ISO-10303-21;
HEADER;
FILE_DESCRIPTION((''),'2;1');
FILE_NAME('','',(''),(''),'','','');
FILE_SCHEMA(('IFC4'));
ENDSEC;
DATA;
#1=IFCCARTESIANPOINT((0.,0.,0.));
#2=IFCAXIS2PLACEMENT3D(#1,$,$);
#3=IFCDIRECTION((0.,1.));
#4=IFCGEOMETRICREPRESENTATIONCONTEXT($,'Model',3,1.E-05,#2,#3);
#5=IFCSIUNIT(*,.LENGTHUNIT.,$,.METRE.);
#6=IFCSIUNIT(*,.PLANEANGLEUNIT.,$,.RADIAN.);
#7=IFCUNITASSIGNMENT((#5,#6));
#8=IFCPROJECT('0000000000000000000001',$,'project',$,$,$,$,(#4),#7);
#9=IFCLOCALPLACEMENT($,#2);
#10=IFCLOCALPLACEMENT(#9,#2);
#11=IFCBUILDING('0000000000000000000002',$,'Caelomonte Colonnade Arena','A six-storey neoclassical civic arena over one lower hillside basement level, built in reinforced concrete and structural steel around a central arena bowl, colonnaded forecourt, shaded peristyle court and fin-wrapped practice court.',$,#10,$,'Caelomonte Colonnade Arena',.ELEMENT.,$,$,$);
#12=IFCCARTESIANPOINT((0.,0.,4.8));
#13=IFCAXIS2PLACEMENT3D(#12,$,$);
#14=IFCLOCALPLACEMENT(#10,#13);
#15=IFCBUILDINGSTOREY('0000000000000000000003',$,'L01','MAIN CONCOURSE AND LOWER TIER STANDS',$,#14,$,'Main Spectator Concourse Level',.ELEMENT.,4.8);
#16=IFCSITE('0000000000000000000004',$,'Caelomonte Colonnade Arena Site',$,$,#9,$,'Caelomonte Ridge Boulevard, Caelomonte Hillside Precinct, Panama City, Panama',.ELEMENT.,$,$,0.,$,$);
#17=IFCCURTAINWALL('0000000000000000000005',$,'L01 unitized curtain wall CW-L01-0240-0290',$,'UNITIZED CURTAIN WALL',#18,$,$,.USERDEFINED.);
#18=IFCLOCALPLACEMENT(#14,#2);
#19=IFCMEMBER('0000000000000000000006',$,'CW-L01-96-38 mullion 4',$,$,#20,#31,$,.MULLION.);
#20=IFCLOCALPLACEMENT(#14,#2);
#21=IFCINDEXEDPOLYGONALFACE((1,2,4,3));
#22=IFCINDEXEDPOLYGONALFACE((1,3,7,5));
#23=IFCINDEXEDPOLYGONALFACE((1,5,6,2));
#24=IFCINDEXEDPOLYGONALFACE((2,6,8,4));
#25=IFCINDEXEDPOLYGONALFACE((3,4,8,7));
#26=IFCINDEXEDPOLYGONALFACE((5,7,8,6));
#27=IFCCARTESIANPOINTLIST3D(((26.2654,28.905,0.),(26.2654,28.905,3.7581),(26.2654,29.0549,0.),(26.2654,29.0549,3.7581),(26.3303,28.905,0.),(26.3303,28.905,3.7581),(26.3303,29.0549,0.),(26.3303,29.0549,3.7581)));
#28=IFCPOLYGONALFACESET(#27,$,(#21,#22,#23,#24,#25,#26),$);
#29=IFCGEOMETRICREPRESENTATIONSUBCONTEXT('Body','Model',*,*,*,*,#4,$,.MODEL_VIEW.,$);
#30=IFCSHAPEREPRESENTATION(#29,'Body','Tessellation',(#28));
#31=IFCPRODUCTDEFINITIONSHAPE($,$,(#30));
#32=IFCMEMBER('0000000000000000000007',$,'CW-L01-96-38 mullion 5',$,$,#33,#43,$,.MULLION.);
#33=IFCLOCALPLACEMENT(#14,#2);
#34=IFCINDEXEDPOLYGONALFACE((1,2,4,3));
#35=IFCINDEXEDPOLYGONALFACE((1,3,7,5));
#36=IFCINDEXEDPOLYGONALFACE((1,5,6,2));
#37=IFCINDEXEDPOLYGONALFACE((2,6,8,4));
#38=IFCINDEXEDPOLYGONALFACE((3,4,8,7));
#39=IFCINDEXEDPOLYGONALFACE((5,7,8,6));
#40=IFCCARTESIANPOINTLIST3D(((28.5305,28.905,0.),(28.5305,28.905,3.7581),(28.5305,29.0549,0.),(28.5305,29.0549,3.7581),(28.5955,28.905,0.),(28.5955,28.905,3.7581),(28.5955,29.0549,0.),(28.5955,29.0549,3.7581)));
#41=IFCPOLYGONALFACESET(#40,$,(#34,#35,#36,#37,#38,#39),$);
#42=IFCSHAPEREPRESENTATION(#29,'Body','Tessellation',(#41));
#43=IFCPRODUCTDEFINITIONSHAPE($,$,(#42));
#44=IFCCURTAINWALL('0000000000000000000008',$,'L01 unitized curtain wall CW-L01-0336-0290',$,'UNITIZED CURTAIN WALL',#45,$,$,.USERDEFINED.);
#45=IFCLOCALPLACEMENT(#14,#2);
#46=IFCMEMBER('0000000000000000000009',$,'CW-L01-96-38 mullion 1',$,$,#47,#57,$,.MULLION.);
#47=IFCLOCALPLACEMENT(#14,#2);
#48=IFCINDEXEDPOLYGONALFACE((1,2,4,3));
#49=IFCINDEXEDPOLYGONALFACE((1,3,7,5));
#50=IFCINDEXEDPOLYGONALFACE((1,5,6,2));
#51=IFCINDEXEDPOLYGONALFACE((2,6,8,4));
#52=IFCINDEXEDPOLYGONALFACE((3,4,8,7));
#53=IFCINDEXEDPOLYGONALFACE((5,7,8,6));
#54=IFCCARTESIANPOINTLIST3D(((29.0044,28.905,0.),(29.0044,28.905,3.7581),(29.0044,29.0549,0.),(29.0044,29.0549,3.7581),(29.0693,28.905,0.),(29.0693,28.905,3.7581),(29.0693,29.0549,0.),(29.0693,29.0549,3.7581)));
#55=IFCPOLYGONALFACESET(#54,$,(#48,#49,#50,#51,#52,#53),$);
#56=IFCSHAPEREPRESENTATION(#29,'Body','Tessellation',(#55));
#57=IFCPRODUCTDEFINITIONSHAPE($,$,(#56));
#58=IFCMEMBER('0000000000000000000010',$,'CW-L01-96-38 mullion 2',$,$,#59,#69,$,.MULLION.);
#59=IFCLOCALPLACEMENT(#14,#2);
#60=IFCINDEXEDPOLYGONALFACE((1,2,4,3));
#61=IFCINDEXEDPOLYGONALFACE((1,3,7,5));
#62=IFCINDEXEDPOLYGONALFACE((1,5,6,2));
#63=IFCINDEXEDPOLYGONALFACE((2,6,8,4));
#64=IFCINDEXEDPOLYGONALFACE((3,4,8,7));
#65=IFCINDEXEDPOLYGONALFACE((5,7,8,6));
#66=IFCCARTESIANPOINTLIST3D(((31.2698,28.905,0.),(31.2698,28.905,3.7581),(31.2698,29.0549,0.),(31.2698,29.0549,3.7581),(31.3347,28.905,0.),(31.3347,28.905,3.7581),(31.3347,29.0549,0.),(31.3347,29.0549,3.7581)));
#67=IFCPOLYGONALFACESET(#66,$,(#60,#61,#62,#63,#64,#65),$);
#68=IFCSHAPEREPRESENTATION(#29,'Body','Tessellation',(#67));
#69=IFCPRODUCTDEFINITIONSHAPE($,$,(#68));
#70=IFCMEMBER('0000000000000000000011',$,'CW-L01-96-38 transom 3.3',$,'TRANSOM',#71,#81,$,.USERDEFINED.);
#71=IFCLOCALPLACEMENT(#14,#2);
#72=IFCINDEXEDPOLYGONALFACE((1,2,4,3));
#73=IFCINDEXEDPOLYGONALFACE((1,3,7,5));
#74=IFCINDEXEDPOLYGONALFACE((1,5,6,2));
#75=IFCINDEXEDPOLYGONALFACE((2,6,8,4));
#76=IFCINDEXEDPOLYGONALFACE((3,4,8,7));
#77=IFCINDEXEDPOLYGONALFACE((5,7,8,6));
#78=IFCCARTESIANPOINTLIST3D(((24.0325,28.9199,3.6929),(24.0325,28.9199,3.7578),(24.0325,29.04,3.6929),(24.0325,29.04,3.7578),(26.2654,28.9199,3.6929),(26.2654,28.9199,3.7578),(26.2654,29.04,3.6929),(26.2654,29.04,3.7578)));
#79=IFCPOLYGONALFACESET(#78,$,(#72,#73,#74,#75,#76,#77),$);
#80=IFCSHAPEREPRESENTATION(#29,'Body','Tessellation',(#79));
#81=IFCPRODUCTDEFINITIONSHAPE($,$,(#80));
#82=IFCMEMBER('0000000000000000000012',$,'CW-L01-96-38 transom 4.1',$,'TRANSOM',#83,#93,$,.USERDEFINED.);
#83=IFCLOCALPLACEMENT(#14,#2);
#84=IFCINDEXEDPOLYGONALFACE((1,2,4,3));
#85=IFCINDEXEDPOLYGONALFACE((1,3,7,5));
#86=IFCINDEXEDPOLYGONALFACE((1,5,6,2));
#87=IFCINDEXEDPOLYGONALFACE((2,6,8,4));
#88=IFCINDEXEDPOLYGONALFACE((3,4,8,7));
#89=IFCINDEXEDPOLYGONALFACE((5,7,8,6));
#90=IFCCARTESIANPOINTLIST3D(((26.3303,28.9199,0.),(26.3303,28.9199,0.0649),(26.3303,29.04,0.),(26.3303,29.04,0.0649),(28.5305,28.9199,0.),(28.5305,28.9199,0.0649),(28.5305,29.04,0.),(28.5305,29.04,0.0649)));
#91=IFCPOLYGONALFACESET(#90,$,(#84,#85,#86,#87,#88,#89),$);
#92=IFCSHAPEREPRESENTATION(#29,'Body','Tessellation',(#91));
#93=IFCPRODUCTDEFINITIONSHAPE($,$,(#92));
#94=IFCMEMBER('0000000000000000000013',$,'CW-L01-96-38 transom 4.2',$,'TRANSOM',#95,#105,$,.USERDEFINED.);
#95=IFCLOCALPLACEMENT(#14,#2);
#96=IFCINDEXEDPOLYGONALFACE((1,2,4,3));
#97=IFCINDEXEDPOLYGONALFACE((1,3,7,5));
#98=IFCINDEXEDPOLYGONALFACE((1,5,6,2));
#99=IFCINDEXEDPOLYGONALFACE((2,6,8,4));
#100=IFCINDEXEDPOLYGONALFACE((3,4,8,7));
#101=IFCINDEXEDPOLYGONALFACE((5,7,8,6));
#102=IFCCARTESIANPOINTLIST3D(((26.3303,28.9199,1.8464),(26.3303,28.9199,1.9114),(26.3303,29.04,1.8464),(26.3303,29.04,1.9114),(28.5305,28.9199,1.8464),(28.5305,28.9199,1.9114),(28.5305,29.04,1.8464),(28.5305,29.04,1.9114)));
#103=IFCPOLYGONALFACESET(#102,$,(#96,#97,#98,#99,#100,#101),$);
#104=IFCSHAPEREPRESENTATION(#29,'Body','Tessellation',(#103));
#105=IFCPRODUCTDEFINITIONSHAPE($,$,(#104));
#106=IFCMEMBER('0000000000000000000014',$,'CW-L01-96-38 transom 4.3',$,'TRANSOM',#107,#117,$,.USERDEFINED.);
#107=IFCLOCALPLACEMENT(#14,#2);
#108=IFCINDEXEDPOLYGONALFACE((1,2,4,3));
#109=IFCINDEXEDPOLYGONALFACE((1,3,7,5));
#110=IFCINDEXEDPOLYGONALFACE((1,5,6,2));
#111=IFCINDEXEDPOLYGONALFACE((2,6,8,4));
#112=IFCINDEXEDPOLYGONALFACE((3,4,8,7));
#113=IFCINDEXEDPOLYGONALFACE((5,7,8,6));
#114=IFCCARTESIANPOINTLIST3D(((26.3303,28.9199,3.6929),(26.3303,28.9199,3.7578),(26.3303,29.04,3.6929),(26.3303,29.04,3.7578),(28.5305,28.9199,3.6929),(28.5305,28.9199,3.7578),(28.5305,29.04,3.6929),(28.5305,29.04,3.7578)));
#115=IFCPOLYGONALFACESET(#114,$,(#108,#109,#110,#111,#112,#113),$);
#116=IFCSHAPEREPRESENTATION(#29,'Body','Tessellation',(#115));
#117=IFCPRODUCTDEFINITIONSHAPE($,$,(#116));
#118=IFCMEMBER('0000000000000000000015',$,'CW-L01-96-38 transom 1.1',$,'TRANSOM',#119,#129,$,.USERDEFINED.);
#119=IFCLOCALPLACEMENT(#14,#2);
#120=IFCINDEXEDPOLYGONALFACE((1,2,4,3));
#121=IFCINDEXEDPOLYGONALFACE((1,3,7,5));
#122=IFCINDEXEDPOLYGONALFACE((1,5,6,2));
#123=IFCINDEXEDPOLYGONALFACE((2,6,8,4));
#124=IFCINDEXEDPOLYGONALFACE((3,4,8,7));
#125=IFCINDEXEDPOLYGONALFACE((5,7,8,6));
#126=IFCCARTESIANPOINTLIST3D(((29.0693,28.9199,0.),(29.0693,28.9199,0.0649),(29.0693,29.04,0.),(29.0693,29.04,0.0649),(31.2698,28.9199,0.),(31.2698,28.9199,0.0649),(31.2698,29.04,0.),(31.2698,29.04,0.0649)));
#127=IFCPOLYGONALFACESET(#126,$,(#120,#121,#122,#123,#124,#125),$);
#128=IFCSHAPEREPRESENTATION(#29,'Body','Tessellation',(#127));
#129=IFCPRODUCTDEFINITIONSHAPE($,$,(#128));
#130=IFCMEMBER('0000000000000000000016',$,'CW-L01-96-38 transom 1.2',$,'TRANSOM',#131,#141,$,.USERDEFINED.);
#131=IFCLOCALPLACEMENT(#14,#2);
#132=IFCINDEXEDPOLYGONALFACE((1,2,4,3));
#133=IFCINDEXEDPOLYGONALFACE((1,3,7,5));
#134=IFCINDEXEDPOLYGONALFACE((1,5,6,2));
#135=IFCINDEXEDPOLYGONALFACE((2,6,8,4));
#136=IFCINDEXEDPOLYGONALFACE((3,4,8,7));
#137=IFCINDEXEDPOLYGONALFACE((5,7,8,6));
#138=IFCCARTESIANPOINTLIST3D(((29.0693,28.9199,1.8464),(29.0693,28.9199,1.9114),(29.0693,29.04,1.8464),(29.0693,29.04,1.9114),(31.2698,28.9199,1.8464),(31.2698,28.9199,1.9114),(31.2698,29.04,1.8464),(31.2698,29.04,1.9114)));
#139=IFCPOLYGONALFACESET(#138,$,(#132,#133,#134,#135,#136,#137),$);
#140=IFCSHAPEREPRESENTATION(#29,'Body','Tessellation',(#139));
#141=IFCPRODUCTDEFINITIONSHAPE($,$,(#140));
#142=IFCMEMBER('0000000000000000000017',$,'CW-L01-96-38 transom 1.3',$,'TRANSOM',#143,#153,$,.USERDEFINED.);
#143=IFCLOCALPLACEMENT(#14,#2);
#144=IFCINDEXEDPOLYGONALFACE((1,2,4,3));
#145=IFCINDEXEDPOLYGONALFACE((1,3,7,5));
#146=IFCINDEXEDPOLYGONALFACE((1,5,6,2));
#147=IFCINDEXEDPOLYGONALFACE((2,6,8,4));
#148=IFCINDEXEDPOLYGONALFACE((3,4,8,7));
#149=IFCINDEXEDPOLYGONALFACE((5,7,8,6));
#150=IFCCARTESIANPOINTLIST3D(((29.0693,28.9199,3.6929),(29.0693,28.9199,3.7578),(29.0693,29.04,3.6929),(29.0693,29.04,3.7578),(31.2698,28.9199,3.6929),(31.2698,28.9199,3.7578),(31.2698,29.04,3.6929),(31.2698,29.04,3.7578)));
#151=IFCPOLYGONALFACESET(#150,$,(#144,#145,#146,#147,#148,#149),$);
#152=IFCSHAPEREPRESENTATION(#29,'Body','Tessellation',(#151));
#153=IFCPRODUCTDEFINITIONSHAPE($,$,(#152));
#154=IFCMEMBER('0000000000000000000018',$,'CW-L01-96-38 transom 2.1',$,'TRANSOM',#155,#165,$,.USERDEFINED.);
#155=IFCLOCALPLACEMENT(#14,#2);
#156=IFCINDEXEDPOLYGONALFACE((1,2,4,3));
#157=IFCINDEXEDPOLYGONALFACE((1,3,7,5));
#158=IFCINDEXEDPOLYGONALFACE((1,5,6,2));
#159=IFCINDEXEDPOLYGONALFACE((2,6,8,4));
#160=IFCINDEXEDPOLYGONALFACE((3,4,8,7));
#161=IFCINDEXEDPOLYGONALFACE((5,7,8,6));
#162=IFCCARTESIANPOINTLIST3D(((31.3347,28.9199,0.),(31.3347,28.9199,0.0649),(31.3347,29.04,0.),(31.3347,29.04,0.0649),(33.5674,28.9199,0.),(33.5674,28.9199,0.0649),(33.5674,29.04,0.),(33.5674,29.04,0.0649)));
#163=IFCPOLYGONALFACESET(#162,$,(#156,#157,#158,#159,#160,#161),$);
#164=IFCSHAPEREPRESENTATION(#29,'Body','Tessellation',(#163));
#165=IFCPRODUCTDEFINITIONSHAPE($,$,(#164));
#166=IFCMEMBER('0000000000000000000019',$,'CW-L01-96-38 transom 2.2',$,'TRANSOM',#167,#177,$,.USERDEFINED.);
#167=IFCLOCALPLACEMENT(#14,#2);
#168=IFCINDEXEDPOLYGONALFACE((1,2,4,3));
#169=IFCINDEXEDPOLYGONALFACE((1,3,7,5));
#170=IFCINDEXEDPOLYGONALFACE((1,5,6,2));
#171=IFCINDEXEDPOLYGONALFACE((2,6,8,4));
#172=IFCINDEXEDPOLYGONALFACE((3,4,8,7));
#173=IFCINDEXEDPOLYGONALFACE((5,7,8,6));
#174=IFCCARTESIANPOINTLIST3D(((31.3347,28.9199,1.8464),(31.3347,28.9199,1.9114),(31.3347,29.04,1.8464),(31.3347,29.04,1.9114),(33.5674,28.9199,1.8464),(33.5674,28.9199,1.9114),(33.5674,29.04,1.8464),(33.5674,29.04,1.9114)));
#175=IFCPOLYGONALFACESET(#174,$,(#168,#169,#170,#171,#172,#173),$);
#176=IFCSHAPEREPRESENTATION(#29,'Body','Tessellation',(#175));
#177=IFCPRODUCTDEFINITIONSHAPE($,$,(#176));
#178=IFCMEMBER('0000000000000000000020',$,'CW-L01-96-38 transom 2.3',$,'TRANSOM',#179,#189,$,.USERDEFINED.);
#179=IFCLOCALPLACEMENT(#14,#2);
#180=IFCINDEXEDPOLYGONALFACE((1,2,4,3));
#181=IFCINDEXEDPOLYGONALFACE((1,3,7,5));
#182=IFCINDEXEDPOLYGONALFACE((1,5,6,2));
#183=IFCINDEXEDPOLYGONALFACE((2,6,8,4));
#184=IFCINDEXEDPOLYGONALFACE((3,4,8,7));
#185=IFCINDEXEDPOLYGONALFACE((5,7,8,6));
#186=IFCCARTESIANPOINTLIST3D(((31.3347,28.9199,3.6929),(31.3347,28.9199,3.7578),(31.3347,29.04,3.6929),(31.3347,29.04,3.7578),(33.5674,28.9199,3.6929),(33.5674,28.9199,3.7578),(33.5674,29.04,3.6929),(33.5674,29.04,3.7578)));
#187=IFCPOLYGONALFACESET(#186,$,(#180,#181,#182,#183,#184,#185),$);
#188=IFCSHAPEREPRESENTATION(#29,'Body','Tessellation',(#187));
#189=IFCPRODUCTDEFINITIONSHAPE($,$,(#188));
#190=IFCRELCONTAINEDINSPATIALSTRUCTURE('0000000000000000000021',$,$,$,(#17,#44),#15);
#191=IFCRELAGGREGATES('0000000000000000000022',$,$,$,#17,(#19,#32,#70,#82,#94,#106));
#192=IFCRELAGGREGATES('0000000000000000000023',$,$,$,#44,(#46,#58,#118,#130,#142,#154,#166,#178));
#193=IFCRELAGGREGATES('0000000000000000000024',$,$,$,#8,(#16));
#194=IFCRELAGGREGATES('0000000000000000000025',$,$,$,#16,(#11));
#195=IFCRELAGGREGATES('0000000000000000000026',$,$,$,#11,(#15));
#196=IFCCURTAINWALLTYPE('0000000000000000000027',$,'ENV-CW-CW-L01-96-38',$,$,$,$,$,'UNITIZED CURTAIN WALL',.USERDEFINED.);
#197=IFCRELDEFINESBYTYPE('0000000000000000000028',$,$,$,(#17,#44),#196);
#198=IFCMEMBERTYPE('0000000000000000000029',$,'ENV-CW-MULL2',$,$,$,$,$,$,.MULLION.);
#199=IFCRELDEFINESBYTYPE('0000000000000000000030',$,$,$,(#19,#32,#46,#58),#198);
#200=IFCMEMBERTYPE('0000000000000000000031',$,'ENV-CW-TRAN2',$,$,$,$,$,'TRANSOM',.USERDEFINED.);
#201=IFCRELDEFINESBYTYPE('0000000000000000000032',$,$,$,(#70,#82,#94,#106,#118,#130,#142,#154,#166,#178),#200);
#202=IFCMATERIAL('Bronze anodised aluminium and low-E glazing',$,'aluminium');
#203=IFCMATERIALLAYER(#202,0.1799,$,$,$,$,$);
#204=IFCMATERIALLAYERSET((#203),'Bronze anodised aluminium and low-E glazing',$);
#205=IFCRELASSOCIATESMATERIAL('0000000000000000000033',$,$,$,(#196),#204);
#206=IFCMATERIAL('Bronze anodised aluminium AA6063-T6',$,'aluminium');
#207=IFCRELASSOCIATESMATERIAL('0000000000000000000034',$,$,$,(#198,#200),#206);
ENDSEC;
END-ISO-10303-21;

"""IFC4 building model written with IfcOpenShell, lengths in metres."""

from ifc_helpers import new_model, si_unit, direction, frame, origin, origin_2d, place, context, subcontext, project, spatial, rectangle, extrude, material, layer, layer_set, material_profile, profile_set, type_object, element, aggregate, save


model = new_model("IFC4")

# Units and contexts
model_context = context("Model", 3, precision=1e-05, world=origin(), true_north=direction((0.0, 1.0)))
body_context = subcontext(model_context, "Body", "Model", "MODEL_VIEW")
ifc_project = project(units=[si_unit("LENGTHUNIT", "METRE"), si_unit("PLANEANGLEUNIT", "RADIAN")], contexts=[model_context])

# Site, building, storey
site_placement = place(None, origin())
site = spatial("IfcSite", under=ifc_project, at=site_placement, Name="Caelomonte Colonnade Arena Site", LongName="Caelomonte Ridge Boulevard, Caelomonte Hillside Precinct, Panama City, Panama", CompositionType="ELEMENT", RefElevation=0.0)
building_placement = place(site_placement, origin())
building = spatial("IfcBuilding", under=site, at=building_placement, Name="Caelomonte Colonnade Arena", Description="A six-storey neoclassical civic arena over one lower hillside basement level, built in reinforced concrete and structural steel around a central arena bowl, colonnaded forecourt, shaded peristyle court and fin-wrapped practice court.", LongName="Caelomonte Colonnade Arena", CompositionType="ELEMENT")
storey_placement = place(building_placement, frame((0.0, 0.0, 4.8)))
storey = spatial("IfcBuildingStorey", under=building, at=storey_placement, Name="L01", Description="MAIN CONCOURSE AND LOWER TIER STANDS", LongName="Main Spectator Concourse Level", CompositionType="ELEMENT", Elevation=4.8)

# Curtain walls, members
ifc_material_1 = material(Name="Bronze anodised aluminium and low-E glazing", Category="aluminium")
ifc_layer_1 = layer(ifc_material_1, 0.1799)
ifc_layer_set_1 = layer_set([ifc_layer_1], Name="Bronze anodised aluminium and low-E glazing")
curtain_wall_type = type_object("IfcCurtainWallType", Name="ENV-CW-CW-L01-96-38", ElementType="UNITIZED CURTAIN WALL", PredefinedType="USERDEFINED", material=ifc_layer_set_1)
curtain_wall_1_placement = place(storey_placement, origin())
curtain_wall_1 = element("IfcCurtainWall", 1, at=curtain_wall_1_placement, inside=storey, type_object=curtain_wall_type, Name="L01 unitized curtain wall CW-L01-0240-0290", ObjectType="UNITIZED CURTAIN WALL", PredefinedType="USERDEFINED")
ifc_material_2 = material(Name="Bronze anodised aluminium AA6063-T6", Category="aluminium")
ifc_material_profile_1 = material_profile(ifc_material_2, rectangle(XDim=0.0649, YDim=0.1499, at=origin_2d()), Name="CWM-65X150")
ifc_profile_set_1 = profile_set([ifc_material_profile_1], Name="Bronze anodised aluminium AA6063-T6")
member_type_1 = type_object("IfcMemberType", Name="ENV-CW-MULL2", PredefinedType="MULLION", material=ifc_profile_set_1)
member_1_placement = place(storey_placement, frame((26.2979, 28.98, 0.0), z_axis=(0.0, 0.0, 1.0), x_axis=(1.0, 0.0, 0.0)))
member_1 = element("IfcMember", 2, at=member_1_placement, type_object=member_type_1, Name="CW-L01-96-38 mullion 4", PredefinedType="MULLION", context=body_context, shape_type="SweptSolid", body=[
    extrude(rectangle(XDim=0.0649, YDim=0.1499, at=origin_2d()), origin(), (0.0, 0.0, 1.0), 3.7581),
])
member_2_placement = place(storey_placement, frame((28.563, 28.98, 0.0), z_axis=(0.0, 0.0, 1.0), x_axis=(1.0, 0.0, 0.0)))
member_2 = element("IfcMember", 3, at=member_2_placement, type_object=member_type_1, Name="CW-L01-96-38 mullion 5", PredefinedType="MULLION", context=body_context, shape_type="SweptSolid", body=[
    extrude(rectangle(XDim=0.0649, YDim=0.1499, at=origin_2d()), origin(), (0.0, 0.0, 1.0), 3.7581),
])
curtain_wall_2_placement = place(storey_placement, origin())
curtain_wall_2 = element("IfcCurtainWall", 4, at=curtain_wall_2_placement, inside=storey, type_object=curtain_wall_type, Name="L01 unitized curtain wall CW-L01-0336-0290", ObjectType="UNITIZED CURTAIN WALL", PredefinedType="USERDEFINED")
member_3_placement = place(storey_placement, frame((29.0369, 28.98, 0.0), z_axis=(0.0, 0.0, 1.0), x_axis=(1.0, 0.0, 0.0)))
member_3 = element("IfcMember", 5, at=member_3_placement, type_object=member_type_1, Name="CW-L01-96-38 mullion 1", PredefinedType="MULLION", context=body_context, shape_type="SweptSolid", body=[
    extrude(rectangle(XDim=0.0649, YDim=0.1499, at=origin_2d()), origin(), (0.0, 0.0, 1.0), 3.7581),
])
member_4_placement = place(storey_placement, frame((31.3022, 28.98, 0.0), z_axis=(0.0, 0.0, 1.0), x_axis=(1.0, 0.0, 0.0)))
member_4 = element("IfcMember", 6, at=member_4_placement, type_object=member_type_1, Name="CW-L01-96-38 mullion 2", PredefinedType="MULLION", context=body_context, shape_type="SweptSolid", body=[
    extrude(rectangle(XDim=0.0649, YDim=0.1499, at=origin_2d()), origin(), (0.0, 0.0, 1.0), 3.7581),
])

# Members
ifc_material_profile_2 = material_profile(ifc_material_2, rectangle(XDim=0.0649, YDim=0.1201, at=origin_2d()), Name="CWT-65X120")
ifc_profile_set_2 = profile_set([ifc_material_profile_2], Name="Bronze anodised aluminium AA6063-T6")
member_type_2 = type_object("IfcMemberType", Name="ENV-CW-TRAN2", ElementType="TRANSOM", PredefinedType="USERDEFINED", material=ifc_profile_set_2)
member_5_placement = place(storey_placement, frame((24.0325, 28.98, 3.7253), z_axis=(1.0, 0.0, 0.0), x_axis=(0.0, 0.0, 1.0)))
member_5 = element("IfcMember", 7, at=member_5_placement, type_object=member_type_2, Name="CW-L01-96-38 transom 3.3", ObjectType="TRANSOM", PredefinedType="USERDEFINED", context=body_context, shape_type="SweptSolid", body=[
    extrude(rectangle(XDim=0.0649, YDim=0.1201, at=origin_2d()), origin(), (0.0, 0.0, 1.0), 2.2329),
])
member_6_placement = place(storey_placement, frame((26.3303, 28.98, 0.0325), z_axis=(1.0, 0.0, 0.0), x_axis=(0.0, 0.0, 1.0)))
member_6 = element("IfcMember", 8, at=member_6_placement, type_object=member_type_2, Name="CW-L01-96-38 transom 4.1", ObjectType="TRANSOM", PredefinedType="USERDEFINED", context=body_context, shape_type="SweptSolid", body=[
    extrude(rectangle(XDim=0.0649, YDim=0.1201, at=origin_2d()), origin(), (0.0, 0.0, 1.0), 2.2002),
])
member_7_placement = place(storey_placement, frame((26.3303, 28.98, 1.8789), z_axis=(1.0, 0.0, 0.0), x_axis=(0.0, 0.0, 1.0)))
member_7 = element("IfcMember", 9, at=member_7_placement, type_object=member_type_2, Name="CW-L01-96-38 transom 4.2", ObjectType="TRANSOM", PredefinedType="USERDEFINED", context=body_context, shape_type="SweptSolid", body=[
    extrude(rectangle(XDim=0.0649, YDim=0.1201, at=origin_2d()), origin(), (0.0, 0.0, 1.0), 2.2002),
])
member_8_placement = place(storey_placement, frame((26.3303, 28.98, 3.7253), z_axis=(1.0, 0.0, 0.0), x_axis=(0.0, 0.0, 1.0)))
member_8 = element("IfcMember", 10, at=member_8_placement, type_object=member_type_2, Name="CW-L01-96-38 transom 4.3", ObjectType="TRANSOM", PredefinedType="USERDEFINED", context=body_context, shape_type="SweptSolid", body=[
    extrude(rectangle(XDim=0.0649, YDim=0.1201, at=origin_2d()), origin(), (0.0, 0.0, 1.0), 2.2002),
])
member_9_placement = place(storey_placement, frame((29.0693, 28.98, 0.0325), z_axis=(1.0, 0.0, 0.0), x_axis=(0.0, 0.0, 1.0)))
member_9 = element("IfcMember", 11, at=member_9_placement, type_object=member_type_2, Name="CW-L01-96-38 transom 1.1", ObjectType="TRANSOM", PredefinedType="USERDEFINED", context=body_context, shape_type="SweptSolid", body=[
    extrude(rectangle(XDim=0.0649, YDim=0.1201, at=origin_2d()), origin(), (0.0, 0.0, 1.0), 2.2004),
])
member_10_placement = place(storey_placement, frame((29.0693, 28.98, 1.8789), z_axis=(1.0, 0.0, 0.0), x_axis=(0.0, 0.0, 1.0)))
member_10 = element("IfcMember", 12, at=member_10_placement, type_object=member_type_2, Name="CW-L01-96-38 transom 1.2", ObjectType="TRANSOM", PredefinedType="USERDEFINED", context=body_context, shape_type="SweptSolid", body=[
    extrude(rectangle(XDim=0.0649, YDim=0.1201, at=origin_2d()), origin(), (0.0, 0.0, 1.0), 2.2004),
])
member_11_placement = place(storey_placement, frame((29.0693, 28.98, 3.7253), z_axis=(1.0, 0.0, 0.0), x_axis=(0.0, 0.0, 1.0)))
member_11 = element("IfcMember", 13, at=member_11_placement, type_object=member_type_2, Name="CW-L01-96-38 transom 1.3", ObjectType="TRANSOM", PredefinedType="USERDEFINED", context=body_context, shape_type="SweptSolid", body=[
    extrude(rectangle(XDim=0.0649, YDim=0.1201, at=origin_2d()), origin(), (0.0, 0.0, 1.0), 2.2004),
])
member_12_placement = place(storey_placement, frame((31.3347, 28.98, 0.0325), z_axis=(1.0, 0.0, 0.0), x_axis=(0.0, 0.0, 1.0)))
member_12 = element("IfcMember", 14, at=member_12_placement, type_object=member_type_2, Name="CW-L01-96-38 transom 2.1", ObjectType="TRANSOM", PredefinedType="USERDEFINED", context=body_context, shape_type="SweptSolid", body=[
    extrude(rectangle(XDim=0.0649, YDim=0.1201, at=origin_2d()), origin(), (0.0, 0.0, 1.0), 2.2327),
])
member_13_placement = place(storey_placement, frame((31.3347, 28.98, 1.8789), z_axis=(1.0, 0.0, 0.0), x_axis=(0.0, 0.0, 1.0)))
member_13 = element("IfcMember", 15, at=member_13_placement, type_object=member_type_2, Name="CW-L01-96-38 transom 2.2", ObjectType="TRANSOM", PredefinedType="USERDEFINED", context=body_context, shape_type="SweptSolid", body=[
    extrude(rectangle(XDim=0.0649, YDim=0.1201, at=origin_2d()), origin(), (0.0, 0.0, 1.0), 2.2327),
])
member_14_placement = place(storey_placement, frame((31.3347, 28.98, 3.7253), z_axis=(1.0, 0.0, 0.0), x_axis=(0.0, 0.0, 1.0)))
member_14 = element("IfcMember", 16, at=member_14_placement, type_object=member_type_2, Name="CW-L01-96-38 transom 2.3", ObjectType="TRANSOM", PredefinedType="USERDEFINED", context=body_context, shape_type="SweptSolid", body=[
    extrude(rectangle(XDim=0.0649, YDim=0.1201, at=origin_2d()), origin(), (0.0, 0.0, 1.0), 2.2327),
])

aggregate(curtain_wall_1, [member_1, member_2, member_5, member_6, member_7, member_8])
aggregate(curtain_wall_2, [member_3, member_4, member_9, member_10, member_11, member_12, member_13, member_14])

save(model, "model.ifc")
